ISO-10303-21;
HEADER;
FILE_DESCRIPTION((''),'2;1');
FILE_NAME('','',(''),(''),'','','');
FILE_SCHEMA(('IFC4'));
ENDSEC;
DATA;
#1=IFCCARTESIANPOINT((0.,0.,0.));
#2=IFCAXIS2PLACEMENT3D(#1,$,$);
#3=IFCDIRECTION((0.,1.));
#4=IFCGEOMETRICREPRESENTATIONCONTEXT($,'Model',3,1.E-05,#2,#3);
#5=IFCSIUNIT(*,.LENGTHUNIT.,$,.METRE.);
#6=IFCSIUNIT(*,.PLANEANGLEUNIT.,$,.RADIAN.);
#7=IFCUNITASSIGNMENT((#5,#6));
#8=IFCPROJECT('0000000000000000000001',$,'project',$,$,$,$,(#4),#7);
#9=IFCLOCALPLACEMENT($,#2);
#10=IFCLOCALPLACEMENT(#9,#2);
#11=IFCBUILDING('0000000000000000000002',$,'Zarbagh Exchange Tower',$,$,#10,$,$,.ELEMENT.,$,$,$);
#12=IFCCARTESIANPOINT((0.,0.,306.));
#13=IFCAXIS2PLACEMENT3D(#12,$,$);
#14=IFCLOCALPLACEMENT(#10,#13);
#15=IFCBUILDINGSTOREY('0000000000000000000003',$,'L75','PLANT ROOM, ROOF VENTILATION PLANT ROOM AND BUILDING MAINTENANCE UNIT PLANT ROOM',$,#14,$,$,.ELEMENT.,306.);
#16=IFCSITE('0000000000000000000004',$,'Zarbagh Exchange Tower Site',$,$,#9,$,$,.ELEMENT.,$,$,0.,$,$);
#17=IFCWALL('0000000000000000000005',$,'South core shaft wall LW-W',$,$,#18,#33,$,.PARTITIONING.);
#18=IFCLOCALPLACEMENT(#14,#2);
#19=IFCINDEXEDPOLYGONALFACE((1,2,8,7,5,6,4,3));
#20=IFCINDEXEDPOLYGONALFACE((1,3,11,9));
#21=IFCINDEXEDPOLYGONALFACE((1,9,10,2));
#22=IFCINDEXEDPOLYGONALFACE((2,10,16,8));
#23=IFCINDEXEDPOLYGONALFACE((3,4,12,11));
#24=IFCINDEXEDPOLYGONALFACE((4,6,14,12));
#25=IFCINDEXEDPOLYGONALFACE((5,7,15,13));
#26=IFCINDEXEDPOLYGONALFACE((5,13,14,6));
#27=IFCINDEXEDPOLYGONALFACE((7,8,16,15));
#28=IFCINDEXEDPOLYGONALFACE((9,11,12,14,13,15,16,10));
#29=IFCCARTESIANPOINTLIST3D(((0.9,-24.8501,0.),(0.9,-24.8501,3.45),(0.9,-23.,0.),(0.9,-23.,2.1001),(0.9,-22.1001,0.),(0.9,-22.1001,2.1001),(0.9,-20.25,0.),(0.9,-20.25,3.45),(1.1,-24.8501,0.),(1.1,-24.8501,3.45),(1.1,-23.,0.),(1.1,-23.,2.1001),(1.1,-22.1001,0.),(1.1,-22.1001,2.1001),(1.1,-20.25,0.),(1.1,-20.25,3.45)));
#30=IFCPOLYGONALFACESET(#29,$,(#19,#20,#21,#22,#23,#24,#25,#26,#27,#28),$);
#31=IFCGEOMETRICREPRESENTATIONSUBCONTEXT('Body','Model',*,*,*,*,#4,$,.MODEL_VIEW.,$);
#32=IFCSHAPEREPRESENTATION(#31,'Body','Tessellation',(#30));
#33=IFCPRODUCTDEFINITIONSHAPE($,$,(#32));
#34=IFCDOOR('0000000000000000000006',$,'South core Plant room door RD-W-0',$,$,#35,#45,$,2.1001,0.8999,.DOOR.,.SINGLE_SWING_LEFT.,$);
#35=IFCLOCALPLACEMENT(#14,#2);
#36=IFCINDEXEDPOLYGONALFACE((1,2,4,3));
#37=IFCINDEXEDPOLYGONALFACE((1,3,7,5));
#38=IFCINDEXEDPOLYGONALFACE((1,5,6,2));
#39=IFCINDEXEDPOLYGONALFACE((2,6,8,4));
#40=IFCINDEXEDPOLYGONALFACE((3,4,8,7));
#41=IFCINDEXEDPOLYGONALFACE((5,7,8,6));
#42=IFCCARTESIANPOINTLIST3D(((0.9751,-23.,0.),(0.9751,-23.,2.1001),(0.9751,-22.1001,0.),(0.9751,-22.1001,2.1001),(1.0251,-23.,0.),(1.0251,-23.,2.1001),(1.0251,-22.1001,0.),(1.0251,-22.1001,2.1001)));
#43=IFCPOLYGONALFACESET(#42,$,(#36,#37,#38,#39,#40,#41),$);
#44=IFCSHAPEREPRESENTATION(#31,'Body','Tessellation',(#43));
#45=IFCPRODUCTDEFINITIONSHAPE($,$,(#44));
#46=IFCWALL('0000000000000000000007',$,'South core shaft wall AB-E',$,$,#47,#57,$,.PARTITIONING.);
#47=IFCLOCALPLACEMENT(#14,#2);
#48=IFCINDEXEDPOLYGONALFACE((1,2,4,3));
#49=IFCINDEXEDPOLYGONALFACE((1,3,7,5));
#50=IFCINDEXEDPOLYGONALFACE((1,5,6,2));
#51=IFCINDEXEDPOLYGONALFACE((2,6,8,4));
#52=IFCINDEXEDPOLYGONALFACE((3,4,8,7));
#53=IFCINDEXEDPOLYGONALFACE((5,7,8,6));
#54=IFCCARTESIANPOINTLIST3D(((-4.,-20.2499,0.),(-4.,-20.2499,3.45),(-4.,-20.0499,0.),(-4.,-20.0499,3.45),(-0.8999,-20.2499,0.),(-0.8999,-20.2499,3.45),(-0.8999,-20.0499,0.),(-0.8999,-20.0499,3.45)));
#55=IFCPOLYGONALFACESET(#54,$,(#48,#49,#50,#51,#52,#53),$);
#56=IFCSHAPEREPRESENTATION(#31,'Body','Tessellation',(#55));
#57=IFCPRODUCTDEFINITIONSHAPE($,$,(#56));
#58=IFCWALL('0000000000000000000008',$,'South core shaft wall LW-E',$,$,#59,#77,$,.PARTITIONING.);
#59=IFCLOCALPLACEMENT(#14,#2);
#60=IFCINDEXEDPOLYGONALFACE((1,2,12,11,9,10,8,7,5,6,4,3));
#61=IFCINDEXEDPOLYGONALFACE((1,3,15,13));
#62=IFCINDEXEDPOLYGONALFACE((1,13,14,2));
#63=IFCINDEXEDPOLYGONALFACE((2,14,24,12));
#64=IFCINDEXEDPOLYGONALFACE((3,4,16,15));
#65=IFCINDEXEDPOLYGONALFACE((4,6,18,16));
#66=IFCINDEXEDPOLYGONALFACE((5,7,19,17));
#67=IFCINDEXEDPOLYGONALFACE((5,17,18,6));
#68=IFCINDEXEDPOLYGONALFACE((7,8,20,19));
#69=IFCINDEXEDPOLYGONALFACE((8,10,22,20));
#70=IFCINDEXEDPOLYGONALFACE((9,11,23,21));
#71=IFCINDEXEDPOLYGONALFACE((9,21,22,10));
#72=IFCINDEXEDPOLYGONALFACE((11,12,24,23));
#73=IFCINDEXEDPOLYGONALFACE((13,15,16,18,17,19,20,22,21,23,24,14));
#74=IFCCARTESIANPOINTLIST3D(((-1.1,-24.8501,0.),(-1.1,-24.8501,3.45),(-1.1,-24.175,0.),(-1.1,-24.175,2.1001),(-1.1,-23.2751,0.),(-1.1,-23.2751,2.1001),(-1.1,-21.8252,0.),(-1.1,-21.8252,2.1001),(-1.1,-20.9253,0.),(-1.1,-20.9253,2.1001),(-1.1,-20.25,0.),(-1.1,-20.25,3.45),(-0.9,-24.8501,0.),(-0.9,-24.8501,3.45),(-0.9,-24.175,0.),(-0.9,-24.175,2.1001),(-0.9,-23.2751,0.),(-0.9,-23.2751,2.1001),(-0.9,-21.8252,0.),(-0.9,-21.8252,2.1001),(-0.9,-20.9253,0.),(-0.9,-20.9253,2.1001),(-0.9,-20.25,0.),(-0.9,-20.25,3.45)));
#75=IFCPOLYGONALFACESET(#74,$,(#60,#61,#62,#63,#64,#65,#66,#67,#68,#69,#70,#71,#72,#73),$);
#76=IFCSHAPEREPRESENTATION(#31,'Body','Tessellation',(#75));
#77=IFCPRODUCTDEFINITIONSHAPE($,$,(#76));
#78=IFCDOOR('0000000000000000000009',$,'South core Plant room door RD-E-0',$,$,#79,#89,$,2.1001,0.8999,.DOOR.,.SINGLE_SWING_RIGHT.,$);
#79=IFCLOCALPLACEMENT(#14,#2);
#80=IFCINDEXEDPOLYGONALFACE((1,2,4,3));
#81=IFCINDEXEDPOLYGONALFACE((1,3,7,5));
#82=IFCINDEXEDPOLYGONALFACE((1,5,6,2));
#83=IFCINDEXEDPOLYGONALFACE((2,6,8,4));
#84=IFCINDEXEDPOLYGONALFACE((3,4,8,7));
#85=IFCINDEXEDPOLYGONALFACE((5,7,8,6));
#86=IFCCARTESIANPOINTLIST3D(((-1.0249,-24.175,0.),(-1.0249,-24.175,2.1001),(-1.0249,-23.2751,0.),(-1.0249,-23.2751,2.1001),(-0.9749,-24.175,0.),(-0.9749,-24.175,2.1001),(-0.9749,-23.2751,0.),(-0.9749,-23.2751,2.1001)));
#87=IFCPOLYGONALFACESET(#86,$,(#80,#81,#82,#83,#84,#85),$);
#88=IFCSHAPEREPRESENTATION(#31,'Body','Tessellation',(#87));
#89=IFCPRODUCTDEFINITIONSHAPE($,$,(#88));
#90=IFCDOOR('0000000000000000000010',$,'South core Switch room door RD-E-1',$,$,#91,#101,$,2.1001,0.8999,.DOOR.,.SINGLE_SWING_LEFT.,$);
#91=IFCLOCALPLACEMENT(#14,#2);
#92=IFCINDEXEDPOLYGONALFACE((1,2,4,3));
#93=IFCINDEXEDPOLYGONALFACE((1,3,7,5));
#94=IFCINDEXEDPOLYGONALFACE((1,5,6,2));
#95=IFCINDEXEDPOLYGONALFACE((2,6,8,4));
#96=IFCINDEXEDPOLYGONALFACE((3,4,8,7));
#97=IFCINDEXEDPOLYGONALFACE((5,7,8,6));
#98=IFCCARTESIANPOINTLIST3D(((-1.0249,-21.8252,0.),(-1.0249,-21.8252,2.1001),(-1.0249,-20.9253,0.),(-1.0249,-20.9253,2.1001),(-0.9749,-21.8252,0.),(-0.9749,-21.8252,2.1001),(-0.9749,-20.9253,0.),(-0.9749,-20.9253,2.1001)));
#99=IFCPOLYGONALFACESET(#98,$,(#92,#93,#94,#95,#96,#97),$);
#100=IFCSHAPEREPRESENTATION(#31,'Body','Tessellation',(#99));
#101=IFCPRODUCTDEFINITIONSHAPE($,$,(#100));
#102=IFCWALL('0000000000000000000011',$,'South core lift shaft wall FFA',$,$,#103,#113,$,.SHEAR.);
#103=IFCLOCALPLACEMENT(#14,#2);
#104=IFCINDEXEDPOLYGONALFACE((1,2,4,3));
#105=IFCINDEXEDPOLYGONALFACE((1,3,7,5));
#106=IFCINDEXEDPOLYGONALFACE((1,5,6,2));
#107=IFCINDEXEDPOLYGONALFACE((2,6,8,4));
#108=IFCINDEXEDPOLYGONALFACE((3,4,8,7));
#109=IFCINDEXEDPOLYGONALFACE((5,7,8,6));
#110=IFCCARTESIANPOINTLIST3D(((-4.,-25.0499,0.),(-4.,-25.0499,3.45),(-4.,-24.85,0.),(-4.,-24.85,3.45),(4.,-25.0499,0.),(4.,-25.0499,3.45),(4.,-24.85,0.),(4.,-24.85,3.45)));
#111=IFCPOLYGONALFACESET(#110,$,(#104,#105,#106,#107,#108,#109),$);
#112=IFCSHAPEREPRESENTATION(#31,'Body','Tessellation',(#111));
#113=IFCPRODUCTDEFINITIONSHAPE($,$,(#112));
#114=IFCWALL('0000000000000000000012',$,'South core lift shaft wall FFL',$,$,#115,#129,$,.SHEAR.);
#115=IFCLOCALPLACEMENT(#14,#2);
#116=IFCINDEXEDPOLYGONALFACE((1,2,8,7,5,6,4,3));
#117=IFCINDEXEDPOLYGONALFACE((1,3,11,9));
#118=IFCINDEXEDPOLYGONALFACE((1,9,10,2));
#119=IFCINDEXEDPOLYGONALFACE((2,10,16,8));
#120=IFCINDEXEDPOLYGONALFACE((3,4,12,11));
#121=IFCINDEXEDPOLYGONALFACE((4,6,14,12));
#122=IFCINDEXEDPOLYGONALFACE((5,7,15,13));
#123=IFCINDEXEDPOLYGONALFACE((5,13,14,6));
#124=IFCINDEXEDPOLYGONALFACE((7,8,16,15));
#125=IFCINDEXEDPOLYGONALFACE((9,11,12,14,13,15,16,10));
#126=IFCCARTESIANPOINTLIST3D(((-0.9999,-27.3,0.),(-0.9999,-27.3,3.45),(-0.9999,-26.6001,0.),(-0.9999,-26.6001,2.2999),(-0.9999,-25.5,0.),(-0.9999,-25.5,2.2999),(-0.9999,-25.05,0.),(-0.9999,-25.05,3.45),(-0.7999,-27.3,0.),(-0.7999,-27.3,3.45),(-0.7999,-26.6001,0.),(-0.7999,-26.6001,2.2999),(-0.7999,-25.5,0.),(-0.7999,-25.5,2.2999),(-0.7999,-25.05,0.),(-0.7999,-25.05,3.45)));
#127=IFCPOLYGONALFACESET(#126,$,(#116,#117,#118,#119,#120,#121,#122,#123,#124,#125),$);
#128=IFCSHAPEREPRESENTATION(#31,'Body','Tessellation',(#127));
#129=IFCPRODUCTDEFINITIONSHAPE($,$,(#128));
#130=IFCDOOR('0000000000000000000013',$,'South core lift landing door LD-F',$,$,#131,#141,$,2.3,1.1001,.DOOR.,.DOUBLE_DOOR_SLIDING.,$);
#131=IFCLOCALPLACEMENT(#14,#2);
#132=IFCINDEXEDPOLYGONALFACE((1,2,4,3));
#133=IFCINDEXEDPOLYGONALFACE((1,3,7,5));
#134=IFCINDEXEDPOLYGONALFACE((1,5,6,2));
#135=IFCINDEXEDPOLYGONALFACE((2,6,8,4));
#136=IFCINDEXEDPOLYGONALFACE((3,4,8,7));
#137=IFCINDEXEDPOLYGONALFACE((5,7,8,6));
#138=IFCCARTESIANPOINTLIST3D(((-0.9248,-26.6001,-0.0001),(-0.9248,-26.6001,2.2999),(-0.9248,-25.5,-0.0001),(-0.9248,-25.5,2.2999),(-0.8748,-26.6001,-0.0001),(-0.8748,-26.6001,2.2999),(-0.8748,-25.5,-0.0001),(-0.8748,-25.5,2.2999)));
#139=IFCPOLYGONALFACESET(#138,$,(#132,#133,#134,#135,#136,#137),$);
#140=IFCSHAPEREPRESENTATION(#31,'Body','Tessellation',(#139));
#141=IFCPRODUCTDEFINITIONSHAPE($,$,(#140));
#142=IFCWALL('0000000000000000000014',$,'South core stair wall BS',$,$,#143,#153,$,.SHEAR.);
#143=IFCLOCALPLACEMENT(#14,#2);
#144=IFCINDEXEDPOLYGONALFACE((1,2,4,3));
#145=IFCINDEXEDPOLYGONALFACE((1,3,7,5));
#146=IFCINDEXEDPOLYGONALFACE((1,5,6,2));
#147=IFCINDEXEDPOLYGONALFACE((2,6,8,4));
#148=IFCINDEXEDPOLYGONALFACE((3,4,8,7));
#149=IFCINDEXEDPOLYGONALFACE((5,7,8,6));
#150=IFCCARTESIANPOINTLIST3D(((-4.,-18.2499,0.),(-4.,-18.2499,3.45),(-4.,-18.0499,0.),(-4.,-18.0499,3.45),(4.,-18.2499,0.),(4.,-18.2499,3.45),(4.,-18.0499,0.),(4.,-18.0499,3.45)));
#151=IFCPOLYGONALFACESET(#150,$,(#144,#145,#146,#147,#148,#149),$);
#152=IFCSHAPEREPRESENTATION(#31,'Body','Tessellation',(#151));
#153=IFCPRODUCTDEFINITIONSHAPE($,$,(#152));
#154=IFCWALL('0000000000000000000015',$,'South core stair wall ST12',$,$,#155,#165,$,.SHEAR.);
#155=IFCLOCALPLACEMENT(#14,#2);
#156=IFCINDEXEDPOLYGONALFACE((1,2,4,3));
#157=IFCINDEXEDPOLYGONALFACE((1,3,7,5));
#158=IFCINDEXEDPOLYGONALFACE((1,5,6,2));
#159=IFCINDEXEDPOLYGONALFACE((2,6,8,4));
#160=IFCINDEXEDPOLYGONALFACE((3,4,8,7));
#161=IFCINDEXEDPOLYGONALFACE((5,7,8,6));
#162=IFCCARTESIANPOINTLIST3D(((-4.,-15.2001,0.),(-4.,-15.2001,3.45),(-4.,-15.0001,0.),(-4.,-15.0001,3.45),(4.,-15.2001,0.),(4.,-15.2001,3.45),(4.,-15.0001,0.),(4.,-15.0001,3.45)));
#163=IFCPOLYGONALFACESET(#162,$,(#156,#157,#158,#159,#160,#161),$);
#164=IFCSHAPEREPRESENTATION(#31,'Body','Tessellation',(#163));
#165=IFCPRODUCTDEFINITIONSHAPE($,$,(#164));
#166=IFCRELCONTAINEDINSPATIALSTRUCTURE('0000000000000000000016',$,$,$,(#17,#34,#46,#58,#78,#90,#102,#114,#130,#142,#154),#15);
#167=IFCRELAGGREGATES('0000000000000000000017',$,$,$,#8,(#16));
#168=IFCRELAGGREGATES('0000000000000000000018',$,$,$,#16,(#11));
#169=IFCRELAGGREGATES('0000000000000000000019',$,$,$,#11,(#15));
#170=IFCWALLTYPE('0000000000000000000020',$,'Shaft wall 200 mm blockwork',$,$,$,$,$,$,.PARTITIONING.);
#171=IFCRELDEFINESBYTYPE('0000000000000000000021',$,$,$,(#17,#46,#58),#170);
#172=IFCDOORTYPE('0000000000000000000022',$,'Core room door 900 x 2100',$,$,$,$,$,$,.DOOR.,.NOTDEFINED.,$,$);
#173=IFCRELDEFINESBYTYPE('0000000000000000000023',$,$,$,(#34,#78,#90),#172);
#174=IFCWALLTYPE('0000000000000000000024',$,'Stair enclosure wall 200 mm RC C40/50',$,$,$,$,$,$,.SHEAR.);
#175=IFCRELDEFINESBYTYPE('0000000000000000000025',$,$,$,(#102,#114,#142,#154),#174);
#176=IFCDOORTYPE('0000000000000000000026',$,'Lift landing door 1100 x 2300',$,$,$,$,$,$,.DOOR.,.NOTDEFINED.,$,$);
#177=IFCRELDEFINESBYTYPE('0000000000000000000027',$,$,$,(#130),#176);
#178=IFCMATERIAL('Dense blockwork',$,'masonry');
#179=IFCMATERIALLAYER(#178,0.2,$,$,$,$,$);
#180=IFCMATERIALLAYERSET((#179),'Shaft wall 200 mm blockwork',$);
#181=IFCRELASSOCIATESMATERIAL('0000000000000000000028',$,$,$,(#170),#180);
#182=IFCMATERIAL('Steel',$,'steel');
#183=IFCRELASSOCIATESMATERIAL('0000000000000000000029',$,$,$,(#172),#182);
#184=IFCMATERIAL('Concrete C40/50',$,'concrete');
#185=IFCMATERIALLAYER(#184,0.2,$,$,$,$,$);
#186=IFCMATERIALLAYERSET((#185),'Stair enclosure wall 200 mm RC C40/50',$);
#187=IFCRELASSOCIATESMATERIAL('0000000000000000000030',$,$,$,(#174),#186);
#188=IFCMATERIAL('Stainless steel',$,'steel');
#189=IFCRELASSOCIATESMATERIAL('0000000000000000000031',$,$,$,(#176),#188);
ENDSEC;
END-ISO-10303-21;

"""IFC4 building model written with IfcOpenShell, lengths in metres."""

from ifc_helpers import new_model, si_unit, direction, frame, frame_2d, origin, place, context, subcontext, project, spatial, rectangle, extrude, material, layer, layer_set, type_object, element, fill, save


model = new_model("IFC4")

# Units and contexts
model_context = context("Model", 3, precision=1e-05, world=origin(), true_north=direction((0.0, 1.0)))
body_context = subcontext(model_context, "Body", "Model", "MODEL_VIEW")
ifc_project = project(units=[si_unit("LENGTHUNIT", "METRE"), si_unit("PLANEANGLEUNIT", "RADIAN")], contexts=[model_context])

# Site, building, storey
site_placement = place(None, origin())
site = spatial("IfcSite", under=ifc_project, at=site_placement, Name="Zarbagh Exchange Tower Site", CompositionType="ELEMENT", RefElevation=0.0)
building_placement = place(site_placement, origin())
building = spatial("IfcBuilding", under=site, at=building_placement, Name="Zarbagh Exchange Tower", CompositionType="ELEMENT")
storey_placement = place(building_placement, frame((0.0, 0.0, 306.0)))
storey = spatial("IfcBuildingStorey", under=building, at=storey_placement, Name="L75", Description="PLANT ROOM, ROOF VENTILATION PLANT ROOM AND BUILDING MAINTENANCE UNIT PLANT ROOM", CompositionType="ELEMENT", Elevation=306.0)

# Shared definitions
ifc_material_1 = material(Name="Concrete C40/50", Category="concrete")

# Shared definitions
ifc_material_2 = material(Name="Dense blockwork", Category="masonry")
ifc_layer_1 = layer(ifc_material_2, 0.2)
ifc_layer_set_1 = layer_set([ifc_layer_1], Name="Shaft wall 200 mm blockwork")
wall_type_1 = type_object("IfcWallType", Name="Shaft wall 200 mm blockwork", PredefinedType="PARTITIONING", material=ifc_layer_set_1)

# Wall, opening, door
wall_1_placement = place(storey_placement, frame((1.0, -24.8501, 0.0), z_axis=(0.0, 0.0, 1.0), x_axis=(0.0, 1.0, 0.0)))
wall_1 = element("IfcWall", 1, at=wall_1_placement, inside=storey, type_object=wall_type_1, Name="South core shaft wall LW-W", PredefinedType="PARTITIONING", context=body_context, shape_type="SweptSolid", body=[
    extrude(rectangle(XDim=4.6001, YDim=0.2, at=frame_2d((2.3, 0.0))), origin(), (0.0, 0.0, 1.0), 3.45),
])
opening_1_placement = place(wall_1_placement, frame((1.8501, 0.0, 0.0)))
opening_1 = element("IfcOpeningElement", 2, at=opening_1_placement, cuts=wall_1, PredefinedType="OPENING", context=body_context, shape_type="SweptSolid", body=[
    extrude(rectangle(XDim=0.8999, YDim=2.1001, at=frame_2d((0.45, 1.05))), frame((0.0, 0.1099, 0.0), z_axis=(0.0, -1.0, 0.0), x_axis=(1.0, 0.0, 0.0)), (0.0, 0.0, 1.0), 0.22),
])
ifc_material_3 = material(Name="Steel", Category="steel")
door_type_1 = type_object("IfcDoorType", Name="Core room door 900 x 2100", OperationType="NOTDEFINED", PredefinedType="DOOR", material=ifc_material_3)
door_1_placement = place(opening_1_placement, origin())
door_1 = element("IfcDoor", 3, at=door_1_placement, inside=storey, type_object=door_type_1, Name="South core Plant room door RD-W-0", OperationType="SINGLE_SWING_LEFT", OverallHeight=2.1001, OverallWidth=0.8999, PredefinedType="DOOR", context=body_context, shape_type="SweptSolid", body=[
    extrude(rectangle(XDim=0.8999, YDim=2.1001, at=frame_2d((0.45, 1.05))), frame((0.0, 0.0249, 0.0), z_axis=(0.0, -1.0, 0.0), x_axis=(1.0, 0.0, 0.0)), (0.0, 0.0, 1.0), 0.05),
])
fill(opening_1, door_1)

# Wall
wall_2_placement = place(storey_placement, frame((-0.8999, -20.1499, 0.0), z_axis=(0.0, 0.0, 1.0), x_axis=(-1.0, 0.0, 0.0)))
element("IfcWall", 4, at=wall_2_placement, inside=storey, type_object=wall_type_1, Name="South core shaft wall AB-E", PredefinedType="PARTITIONING", context=body_context, shape_type="SweptSolid", body=[
    extrude(rectangle(XDim=3.1001, YDim=0.2, at=frame_2d((1.55, 0.0))), origin(), (0.0, 0.0, 1.0), 3.45),
])

# Wall, openings, doors
wall_3_placement = place(storey_placement, frame((-1.0, -24.8501, 0.0), z_axis=(0.0, 0.0, 1.0), x_axis=(0.0, 1.0, 0.0)))
wall_3 = element("IfcWall", 5, at=wall_3_placement, inside=storey, type_object=wall_type_1, Name="South core shaft wall LW-E", PredefinedType="PARTITIONING", context=body_context, shape_type="SweptSolid", body=[
    extrude(rectangle(XDim=4.6001, YDim=0.2, at=frame_2d((2.3, 0.0))), origin(), (0.0, 0.0, 1.0), 3.45),
])
opening_2_placement = place(wall_3_placement, frame((0.675, 0.0, 0.0)))
opening_2 = element("IfcOpeningElement", 6, at=opening_2_placement, cuts=wall_3, PredefinedType="OPENING", context=body_context, shape_type="SweptSolid", body=[
    extrude(rectangle(XDim=0.8999, YDim=2.1001, at=frame_2d((0.45, 1.05))), frame((0.0, 0.1099, 0.0), z_axis=(0.0, -1.0, 0.0), x_axis=(1.0, 0.0, 0.0)), (0.0, 0.0, 1.0), 0.22),
])
opening_3_placement = place(wall_3_placement, frame((3.0249, 0.0, 0.0)))
opening_3 = element("IfcOpeningElement", 7, at=opening_3_placement, cuts=wall_3, PredefinedType="OPENING", context=body_context, shape_type="SweptSolid", body=[
    extrude(rectangle(XDim=0.8999, YDim=2.1001, at=frame_2d((0.45, 1.05))), frame((0.0, 0.1099, 0.0), z_axis=(0.0, -1.0, 0.0), x_axis=(1.0, 0.0, 0.0)), (0.0, 0.0, 1.0), 0.22),
])
door_2_placement = place(opening_2_placement, origin())
door_2 = element("IfcDoor", 8, at=door_2_placement, inside=storey, type_object=door_type_1, Name="South core Plant room door RD-E-0", OperationType="SINGLE_SWING_RIGHT", OverallHeight=2.1001, OverallWidth=0.8999, PredefinedType="DOOR", context=body_context, shape_type="SweptSolid", body=[
    extrude(rectangle(XDim=0.8999, YDim=2.1001, at=frame_2d((0.45, 1.05))), frame((0.0, 0.0249, 0.0), z_axis=(0.0, -1.0, 0.0), x_axis=(1.0, 0.0, 0.0)), (0.0, 0.0, 1.0), 0.05),
])
fill(opening_2, door_2)
door_3_placement = place(opening_3_placement, origin())
door_3 = element("IfcDoor", 9, at=door_3_placement, inside=storey, type_object=door_type_1, Name="South core Switch room door RD-E-1", OperationType="SINGLE_SWING_LEFT", OverallHeight=2.1001, OverallWidth=0.8999, PredefinedType="DOOR", context=body_context, shape_type="SweptSolid", body=[
    extrude(rectangle(XDim=0.8999, YDim=2.1001, at=frame_2d((0.45, 1.05))), frame((0.0, 0.0249, 0.0), z_axis=(0.0, -1.0, 0.0), x_axis=(1.0, 0.0, 0.0)), (0.0, 0.0, 1.0), 0.05),
])
fill(opening_3, door_3)

# Wall
ifc_layer_2 = layer(ifc_material_1, 0.2)
ifc_layer_set_2 = layer_set([ifc_layer_2], Name="Stair enclosure wall 200 mm RC C40/50")
wall_type_2 = type_object("IfcWallType", Name="Stair enclosure wall 200 mm RC C40/50", PredefinedType="SHEAR", material=ifc_layer_set_2)
wall_4_placement = place(storey_placement, frame((4.0, -24.95, 0.0), z_axis=(0.0, 0.0, 1.0), x_axis=(-1.0, 0.0, 0.0)))
element("IfcWall", 10, at=wall_4_placement, inside=storey, type_object=wall_type_2, Name="South core lift shaft wall FFA", PredefinedType="SHEAR", context=body_context, shape_type="SweptSolid", body=[
    extrude(rectangle(XDim=8.0, YDim=0.2, at=frame_2d((4.0, 0.0))), origin(), (0.0, 0.0, 1.0), 3.45),
])

# Wall, opening, door
wall_5_placement = place(storey_placement, frame((-0.8999, -27.3, 0.0), z_axis=(0.0, 0.0, 1.0), x_axis=(0.0, 1.0, 0.0)))
wall_5 = element("IfcWall", 11, at=wall_5_placement, inside=storey, type_object=wall_type_2, Name="South core lift shaft wall FFL", PredefinedType="SHEAR", context=body_context, shape_type="SweptSolid", body=[
    extrude(rectangle(XDim=2.25, YDim=0.2, at=frame_2d((1.125, 0.0))), origin(), (0.0, 0.0, 1.0), 3.45),
])
opening_4_placement = place(wall_5_placement, frame((0.7, 0.0, 0.0)))
opening_4 = element("IfcOpeningElement", 12, at=opening_4_placement, cuts=wall_5, PredefinedType="OPENING", context=body_context, shape_type="SweptSolid", body=[
    extrude(rectangle(XDim=1.1001, YDim=2.3, at=frame_2d((0.55, 1.1499))), frame((0.0, 0.1099, 0.0), z_axis=(0.0, -1.0, 0.0), x_axis=(1.0, 0.0, 0.0)), (0.0, 0.0, 1.0), 0.22),
])
ifc_material_4 = material(Name="Stainless steel", Category="steel")
door_type_2 = type_object("IfcDoorType", Name="Lift landing door 1100 x 2300", OperationType="NOTDEFINED", PredefinedType="DOOR", material=ifc_material_4)
door_4_placement = place(opening_4_placement, origin())
door_4 = element("IfcDoor", 13, at=door_4_placement, inside=storey, type_object=door_type_2, Name="South core lift landing door LD-F", OperationType="DOUBLE_DOOR_SLIDING", OverallHeight=2.3, OverallWidth=1.1001, PredefinedType="DOOR", context=body_context, shape_type="SweptSolid", body=[
    extrude(rectangle(XDim=1.1001, YDim=2.3, at=frame_2d((0.55, 1.1499))), frame((0.0, 0.0249, 0.0), z_axis=(0.0, -1.0, 0.0), x_axis=(1.0, 0.0, 0.0)), (0.0, 0.0, 1.0), 0.05),
])
fill(opening_4, door_4)

# Walls
for number, where, z_axis, x_axis, name in (
    (14, (4.0, -18.1499, 0.0), (0.0, 0.0, 1.0), (-1.0, 0.0, 0.0), "South core stair wall BS"),
    (15, (4.0, -15.1001, 0.0), (0.0, 0.0, 1.0), (-1.0, 0.0, 0.0), "South core stair wall ST12"),
):
    element("IfcWall", number, at=place(storey_placement, frame(where, z_axis=z_axis, x_axis=x_axis)), inside=storey, type_object=wall_type_2, Name=name, PredefinedType="SHEAR", context=body_context, shape_type="SweptSolid", body=[
        extrude(rectangle(XDim=8.0, YDim=0.2, at=frame_2d((4.0, 0.0))), origin(), (0.0, 0.0, 1.0), 3.45),
    ])

save(model, "model.ifc")
